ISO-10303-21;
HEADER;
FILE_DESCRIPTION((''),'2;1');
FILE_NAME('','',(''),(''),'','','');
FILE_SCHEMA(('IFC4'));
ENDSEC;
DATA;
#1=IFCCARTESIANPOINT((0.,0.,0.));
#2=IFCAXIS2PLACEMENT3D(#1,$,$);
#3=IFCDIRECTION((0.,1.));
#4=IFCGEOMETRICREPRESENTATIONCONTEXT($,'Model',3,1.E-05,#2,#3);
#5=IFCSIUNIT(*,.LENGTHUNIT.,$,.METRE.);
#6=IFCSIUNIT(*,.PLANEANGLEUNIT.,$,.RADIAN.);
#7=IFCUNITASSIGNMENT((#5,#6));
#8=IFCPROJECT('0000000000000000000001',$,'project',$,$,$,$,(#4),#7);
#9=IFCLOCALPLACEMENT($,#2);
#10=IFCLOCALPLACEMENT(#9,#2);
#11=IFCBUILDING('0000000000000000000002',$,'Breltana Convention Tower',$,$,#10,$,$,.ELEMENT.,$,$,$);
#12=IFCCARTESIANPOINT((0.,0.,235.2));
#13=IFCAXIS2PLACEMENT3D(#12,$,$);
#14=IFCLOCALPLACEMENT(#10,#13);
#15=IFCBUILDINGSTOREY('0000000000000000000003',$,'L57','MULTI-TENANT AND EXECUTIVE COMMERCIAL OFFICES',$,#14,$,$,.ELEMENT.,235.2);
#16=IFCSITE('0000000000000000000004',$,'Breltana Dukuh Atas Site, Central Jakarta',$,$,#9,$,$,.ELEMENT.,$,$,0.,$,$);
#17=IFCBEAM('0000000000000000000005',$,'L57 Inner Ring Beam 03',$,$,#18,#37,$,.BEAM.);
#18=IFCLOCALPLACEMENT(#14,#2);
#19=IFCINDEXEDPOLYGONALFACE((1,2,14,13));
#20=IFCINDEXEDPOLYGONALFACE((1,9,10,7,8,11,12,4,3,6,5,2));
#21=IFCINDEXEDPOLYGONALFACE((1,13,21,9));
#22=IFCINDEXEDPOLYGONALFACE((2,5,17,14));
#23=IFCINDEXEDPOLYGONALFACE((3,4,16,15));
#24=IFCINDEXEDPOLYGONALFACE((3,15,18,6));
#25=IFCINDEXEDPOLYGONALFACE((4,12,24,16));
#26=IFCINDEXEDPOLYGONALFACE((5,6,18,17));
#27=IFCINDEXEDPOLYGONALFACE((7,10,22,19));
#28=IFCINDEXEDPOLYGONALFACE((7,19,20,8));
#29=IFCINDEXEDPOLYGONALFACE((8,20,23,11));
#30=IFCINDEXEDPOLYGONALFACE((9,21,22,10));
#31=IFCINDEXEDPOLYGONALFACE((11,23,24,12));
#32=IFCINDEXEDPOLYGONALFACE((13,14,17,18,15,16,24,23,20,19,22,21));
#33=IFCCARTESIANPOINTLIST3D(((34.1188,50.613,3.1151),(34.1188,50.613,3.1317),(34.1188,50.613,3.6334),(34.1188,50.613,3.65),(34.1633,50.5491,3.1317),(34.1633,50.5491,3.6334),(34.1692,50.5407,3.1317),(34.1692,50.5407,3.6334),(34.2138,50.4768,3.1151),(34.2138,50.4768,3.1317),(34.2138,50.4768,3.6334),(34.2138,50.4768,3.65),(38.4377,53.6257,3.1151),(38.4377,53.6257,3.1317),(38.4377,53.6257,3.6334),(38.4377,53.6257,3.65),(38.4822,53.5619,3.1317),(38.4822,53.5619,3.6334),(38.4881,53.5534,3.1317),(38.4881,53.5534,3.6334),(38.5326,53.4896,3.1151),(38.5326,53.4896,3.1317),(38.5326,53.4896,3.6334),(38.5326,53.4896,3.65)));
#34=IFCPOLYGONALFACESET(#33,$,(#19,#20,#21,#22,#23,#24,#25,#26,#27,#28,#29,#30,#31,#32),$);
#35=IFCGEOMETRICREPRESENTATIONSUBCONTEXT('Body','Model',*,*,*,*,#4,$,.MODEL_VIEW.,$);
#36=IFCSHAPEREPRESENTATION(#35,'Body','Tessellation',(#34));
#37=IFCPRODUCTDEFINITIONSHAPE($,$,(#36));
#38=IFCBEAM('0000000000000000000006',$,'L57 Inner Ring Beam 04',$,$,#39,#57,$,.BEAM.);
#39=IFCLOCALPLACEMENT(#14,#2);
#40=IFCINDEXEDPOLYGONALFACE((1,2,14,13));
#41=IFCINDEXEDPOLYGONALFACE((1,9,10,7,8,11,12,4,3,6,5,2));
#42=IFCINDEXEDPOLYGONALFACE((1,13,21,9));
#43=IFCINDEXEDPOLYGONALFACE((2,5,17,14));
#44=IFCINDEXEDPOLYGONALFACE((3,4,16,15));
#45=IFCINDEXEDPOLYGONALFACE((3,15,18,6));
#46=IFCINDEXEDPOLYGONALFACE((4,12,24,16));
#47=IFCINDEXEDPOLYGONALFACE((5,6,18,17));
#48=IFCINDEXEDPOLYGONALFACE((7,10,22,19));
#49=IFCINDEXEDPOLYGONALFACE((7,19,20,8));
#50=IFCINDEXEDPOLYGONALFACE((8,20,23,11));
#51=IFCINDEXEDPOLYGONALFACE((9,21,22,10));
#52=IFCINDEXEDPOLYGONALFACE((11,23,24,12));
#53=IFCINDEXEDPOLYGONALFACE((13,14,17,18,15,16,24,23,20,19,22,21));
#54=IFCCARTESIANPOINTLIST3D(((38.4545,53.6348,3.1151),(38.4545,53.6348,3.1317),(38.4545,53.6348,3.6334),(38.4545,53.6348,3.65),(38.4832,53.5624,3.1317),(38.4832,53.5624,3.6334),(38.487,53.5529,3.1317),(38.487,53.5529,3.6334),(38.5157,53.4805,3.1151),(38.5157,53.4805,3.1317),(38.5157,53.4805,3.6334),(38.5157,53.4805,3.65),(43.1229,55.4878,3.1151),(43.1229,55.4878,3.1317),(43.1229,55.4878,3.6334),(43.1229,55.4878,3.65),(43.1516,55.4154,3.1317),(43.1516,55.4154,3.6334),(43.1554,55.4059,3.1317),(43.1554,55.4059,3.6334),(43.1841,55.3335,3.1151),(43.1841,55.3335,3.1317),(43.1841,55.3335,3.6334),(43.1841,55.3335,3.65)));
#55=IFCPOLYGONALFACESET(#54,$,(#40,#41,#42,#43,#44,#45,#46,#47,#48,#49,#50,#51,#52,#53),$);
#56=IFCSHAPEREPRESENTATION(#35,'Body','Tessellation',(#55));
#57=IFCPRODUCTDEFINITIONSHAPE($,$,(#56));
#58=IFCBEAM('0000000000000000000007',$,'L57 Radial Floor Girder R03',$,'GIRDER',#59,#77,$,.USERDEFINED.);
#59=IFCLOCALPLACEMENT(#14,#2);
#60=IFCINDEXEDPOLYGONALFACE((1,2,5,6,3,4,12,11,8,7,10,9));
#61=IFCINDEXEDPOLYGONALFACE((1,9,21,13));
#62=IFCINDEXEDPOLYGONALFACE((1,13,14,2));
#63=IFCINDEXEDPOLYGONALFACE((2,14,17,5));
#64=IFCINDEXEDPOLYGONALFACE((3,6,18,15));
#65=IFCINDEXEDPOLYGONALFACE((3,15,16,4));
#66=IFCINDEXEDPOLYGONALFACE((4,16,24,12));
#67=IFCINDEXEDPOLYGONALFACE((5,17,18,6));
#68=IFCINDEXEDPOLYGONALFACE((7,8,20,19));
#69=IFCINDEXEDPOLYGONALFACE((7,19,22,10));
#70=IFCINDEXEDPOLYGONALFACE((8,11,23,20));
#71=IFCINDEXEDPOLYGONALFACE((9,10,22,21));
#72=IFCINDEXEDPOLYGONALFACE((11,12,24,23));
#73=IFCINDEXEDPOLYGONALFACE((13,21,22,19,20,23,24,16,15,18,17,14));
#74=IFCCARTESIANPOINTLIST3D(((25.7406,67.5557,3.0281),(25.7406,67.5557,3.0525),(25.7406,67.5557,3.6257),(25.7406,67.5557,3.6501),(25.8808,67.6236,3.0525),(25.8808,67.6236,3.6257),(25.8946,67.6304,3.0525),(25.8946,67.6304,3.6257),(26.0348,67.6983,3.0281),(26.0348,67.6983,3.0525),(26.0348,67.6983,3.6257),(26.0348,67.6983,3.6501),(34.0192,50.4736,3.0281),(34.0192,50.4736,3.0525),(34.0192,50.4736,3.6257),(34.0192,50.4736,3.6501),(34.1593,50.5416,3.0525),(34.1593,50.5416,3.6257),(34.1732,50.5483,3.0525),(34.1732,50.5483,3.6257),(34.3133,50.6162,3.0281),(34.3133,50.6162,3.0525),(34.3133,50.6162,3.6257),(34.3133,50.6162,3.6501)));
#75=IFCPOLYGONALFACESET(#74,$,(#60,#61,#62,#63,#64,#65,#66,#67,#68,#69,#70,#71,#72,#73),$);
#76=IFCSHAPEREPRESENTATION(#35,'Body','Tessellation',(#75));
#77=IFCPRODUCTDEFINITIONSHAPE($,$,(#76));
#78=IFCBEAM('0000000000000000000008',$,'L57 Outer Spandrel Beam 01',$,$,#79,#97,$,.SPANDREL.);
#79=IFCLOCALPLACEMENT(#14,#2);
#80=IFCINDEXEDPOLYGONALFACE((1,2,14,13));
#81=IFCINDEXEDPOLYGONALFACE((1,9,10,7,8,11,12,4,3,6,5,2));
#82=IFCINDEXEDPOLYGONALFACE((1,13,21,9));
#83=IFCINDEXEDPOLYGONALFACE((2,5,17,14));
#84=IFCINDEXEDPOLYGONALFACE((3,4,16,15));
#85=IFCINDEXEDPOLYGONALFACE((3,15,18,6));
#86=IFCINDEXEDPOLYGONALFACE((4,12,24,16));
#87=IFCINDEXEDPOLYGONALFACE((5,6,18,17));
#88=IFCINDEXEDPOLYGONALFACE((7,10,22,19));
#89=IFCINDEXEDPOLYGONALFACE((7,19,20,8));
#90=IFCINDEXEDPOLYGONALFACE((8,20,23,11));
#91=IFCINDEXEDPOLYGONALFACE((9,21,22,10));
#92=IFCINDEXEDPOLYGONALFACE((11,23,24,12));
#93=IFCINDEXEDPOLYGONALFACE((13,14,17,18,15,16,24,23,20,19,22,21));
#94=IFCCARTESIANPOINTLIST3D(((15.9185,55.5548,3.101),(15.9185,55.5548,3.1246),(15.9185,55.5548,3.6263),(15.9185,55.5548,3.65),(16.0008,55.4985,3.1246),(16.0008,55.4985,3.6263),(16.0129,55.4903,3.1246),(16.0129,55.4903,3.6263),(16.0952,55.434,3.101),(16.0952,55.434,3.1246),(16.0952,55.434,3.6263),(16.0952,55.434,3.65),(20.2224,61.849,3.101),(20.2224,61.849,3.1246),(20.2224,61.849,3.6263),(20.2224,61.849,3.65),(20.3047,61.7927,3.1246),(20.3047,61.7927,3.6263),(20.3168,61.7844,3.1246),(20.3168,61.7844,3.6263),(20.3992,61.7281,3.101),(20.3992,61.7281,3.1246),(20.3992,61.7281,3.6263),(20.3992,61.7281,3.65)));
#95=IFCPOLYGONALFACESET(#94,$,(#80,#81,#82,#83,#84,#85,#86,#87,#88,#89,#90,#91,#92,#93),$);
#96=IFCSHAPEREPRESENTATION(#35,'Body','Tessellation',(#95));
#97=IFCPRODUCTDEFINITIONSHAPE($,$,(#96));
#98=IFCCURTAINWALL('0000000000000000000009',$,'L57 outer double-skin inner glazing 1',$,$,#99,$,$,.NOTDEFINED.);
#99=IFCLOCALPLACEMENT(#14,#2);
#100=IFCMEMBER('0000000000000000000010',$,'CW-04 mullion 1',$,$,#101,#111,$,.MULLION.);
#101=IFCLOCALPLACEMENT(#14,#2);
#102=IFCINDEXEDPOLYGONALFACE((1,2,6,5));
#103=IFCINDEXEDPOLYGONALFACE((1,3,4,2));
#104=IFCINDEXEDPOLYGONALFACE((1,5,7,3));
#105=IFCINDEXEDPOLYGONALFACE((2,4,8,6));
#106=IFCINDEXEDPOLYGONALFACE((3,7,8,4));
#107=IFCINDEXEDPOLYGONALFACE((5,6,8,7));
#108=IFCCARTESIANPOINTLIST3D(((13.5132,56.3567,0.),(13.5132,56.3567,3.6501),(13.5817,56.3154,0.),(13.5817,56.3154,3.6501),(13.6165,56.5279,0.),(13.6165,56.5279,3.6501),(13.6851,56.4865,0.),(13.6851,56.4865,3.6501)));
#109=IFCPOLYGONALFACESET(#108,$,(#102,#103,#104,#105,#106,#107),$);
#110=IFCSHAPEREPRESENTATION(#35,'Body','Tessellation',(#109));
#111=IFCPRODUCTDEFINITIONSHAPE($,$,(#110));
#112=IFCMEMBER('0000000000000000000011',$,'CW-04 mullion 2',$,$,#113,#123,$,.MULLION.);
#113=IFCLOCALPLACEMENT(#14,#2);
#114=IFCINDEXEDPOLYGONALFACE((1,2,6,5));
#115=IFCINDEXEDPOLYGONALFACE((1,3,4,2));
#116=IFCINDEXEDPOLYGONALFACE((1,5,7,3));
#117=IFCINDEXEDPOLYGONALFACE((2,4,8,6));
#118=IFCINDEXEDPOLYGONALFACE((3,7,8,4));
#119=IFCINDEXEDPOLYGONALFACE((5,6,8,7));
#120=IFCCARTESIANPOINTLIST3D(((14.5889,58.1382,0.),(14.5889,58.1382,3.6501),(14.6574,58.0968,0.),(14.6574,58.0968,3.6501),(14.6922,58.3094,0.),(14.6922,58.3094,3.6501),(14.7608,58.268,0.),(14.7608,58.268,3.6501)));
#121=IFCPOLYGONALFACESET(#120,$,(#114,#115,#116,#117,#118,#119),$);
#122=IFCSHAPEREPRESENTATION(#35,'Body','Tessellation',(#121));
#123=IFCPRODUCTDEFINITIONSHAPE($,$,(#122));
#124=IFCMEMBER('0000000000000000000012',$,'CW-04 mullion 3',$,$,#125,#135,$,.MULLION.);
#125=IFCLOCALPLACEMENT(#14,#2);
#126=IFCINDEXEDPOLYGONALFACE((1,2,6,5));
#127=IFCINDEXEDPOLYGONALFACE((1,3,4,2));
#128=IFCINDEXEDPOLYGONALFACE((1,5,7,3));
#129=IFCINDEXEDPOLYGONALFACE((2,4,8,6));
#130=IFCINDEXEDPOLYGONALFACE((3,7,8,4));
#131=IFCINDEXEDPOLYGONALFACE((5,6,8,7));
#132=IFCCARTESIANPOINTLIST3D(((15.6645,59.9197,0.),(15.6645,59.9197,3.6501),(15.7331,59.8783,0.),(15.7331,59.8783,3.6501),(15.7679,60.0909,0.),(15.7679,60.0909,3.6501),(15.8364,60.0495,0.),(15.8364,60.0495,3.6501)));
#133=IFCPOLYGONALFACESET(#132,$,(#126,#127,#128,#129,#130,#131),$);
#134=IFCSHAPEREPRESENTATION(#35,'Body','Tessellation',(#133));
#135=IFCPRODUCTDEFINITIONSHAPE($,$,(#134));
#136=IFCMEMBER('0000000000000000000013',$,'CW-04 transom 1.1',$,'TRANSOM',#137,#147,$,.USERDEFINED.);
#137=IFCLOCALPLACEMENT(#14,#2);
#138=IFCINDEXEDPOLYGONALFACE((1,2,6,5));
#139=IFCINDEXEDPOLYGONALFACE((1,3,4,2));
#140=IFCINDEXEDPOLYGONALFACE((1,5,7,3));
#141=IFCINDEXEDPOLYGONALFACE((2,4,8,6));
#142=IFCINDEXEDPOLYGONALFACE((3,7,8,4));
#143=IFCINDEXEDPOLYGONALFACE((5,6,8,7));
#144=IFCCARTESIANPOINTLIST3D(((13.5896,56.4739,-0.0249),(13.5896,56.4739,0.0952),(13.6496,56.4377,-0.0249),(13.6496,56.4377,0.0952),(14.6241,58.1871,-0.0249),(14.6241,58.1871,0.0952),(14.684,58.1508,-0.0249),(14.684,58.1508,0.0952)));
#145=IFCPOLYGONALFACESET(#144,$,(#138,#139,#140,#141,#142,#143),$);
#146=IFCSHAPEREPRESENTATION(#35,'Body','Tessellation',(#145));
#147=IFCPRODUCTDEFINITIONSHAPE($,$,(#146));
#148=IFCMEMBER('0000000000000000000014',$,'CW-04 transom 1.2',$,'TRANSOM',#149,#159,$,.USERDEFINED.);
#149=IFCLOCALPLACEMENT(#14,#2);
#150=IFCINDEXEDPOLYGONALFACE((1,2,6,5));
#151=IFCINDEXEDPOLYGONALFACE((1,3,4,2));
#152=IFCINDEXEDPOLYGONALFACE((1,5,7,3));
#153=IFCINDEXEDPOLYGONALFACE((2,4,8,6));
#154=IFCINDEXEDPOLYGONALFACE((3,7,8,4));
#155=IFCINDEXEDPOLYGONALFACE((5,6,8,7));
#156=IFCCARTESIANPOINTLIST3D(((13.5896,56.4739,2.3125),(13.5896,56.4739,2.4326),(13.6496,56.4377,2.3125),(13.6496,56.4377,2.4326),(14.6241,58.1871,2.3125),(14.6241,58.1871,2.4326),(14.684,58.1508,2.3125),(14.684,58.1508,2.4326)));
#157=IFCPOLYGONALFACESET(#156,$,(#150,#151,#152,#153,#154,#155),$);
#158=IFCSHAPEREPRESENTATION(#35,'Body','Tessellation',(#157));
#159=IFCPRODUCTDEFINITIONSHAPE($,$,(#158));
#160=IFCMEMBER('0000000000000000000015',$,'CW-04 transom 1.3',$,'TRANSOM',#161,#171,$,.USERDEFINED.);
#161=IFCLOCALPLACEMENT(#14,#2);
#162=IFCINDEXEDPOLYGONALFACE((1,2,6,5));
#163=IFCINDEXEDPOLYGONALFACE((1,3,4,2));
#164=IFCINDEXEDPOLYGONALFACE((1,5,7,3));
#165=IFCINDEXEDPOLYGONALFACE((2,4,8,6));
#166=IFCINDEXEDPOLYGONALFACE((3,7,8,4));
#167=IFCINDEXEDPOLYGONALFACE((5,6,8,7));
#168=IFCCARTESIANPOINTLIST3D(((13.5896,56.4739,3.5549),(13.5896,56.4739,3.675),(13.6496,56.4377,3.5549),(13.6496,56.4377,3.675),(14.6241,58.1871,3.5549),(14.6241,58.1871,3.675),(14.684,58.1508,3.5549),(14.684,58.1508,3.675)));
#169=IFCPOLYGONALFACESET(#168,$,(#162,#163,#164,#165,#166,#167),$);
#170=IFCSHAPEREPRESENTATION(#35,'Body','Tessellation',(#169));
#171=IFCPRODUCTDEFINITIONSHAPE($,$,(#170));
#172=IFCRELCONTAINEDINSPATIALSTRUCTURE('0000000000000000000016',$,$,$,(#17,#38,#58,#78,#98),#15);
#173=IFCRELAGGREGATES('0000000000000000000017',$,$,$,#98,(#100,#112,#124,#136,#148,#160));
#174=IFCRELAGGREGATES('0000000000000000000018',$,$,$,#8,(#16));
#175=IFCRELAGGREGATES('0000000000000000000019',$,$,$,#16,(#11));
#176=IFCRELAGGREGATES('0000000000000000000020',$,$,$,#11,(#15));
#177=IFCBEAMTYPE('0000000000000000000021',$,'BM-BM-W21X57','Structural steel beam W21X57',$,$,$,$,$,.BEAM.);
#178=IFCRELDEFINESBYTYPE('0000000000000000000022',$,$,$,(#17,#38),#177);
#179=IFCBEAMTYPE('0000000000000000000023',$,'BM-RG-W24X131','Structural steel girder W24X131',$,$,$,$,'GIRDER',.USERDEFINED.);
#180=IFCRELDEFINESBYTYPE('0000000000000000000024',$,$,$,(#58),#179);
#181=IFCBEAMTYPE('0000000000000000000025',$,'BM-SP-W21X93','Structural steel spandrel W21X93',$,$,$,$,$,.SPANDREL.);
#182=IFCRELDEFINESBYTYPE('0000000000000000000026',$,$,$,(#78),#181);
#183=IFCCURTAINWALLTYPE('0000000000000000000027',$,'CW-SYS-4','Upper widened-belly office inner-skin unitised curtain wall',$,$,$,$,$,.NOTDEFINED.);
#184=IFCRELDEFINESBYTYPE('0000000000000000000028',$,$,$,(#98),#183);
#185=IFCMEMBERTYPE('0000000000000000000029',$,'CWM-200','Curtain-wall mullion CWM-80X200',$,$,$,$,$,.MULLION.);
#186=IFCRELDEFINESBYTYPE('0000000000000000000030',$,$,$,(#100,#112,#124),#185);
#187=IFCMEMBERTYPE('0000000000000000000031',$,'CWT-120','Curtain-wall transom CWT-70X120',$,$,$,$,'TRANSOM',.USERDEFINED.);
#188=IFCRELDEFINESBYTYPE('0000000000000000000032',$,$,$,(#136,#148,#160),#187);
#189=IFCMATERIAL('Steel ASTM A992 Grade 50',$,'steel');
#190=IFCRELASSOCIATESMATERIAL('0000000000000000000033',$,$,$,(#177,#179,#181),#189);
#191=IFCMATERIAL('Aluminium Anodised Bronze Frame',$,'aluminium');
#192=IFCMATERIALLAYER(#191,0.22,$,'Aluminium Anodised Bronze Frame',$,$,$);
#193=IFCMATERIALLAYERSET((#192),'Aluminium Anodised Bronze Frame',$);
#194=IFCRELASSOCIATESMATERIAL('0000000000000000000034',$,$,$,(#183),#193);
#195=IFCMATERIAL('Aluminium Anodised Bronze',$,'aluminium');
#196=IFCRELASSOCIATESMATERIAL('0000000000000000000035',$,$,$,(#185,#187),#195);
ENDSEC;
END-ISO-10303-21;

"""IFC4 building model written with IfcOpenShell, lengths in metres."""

from ifc_helpers import new_model, si_unit, direction, frame, origin, origin_2d, place, context, subcontext, project, spatial, rectangle, i_section, extrude, source, transform, mapped, material, layer, layer_set, material_profile, profile_set, type_object, type_shapes, element, aggregate, save


model = new_model("IFC4")

# Units and contexts
model_context = context("Model", 3, precision=1e-05, world=origin(), true_north=direction((0.0, 1.0)))
body_context = subcontext(model_context, "Body", "Model", "MODEL_VIEW")
ifc_project = project(units=[si_unit("LENGTHUNIT", "METRE"), si_unit("PLANEANGLEUNIT", "RADIAN")], contexts=[model_context])

# Site, building, storey
site_placement = place(None, origin())
site = spatial("IfcSite", under=ifc_project, at=site_placement, Name="Breltana Dukuh Atas Site, Central Jakarta", CompositionType="ELEMENT", RefElevation=0.0)
building_placement = place(site_placement, origin())
building = spatial("IfcBuilding", under=site, at=building_placement, Name="Breltana Convention Tower", CompositionType="ELEMENT")
storey_placement = place(building_placement, frame((0.0, 0.0, 235.2)))
storey = spatial("IfcBuildingStorey", under=building, at=storey_placement, Name="L57", Description="MULTI-TENANT AND EXECUTIVE COMMERCIAL OFFICES", CompositionType="ELEMENT", Elevation=235.2)

# Shared definitions
ifc_material_1 = material(Name="Steel ASTM A992 Grade 50", Category="steel")

# Beams
ifc_material_profile_1 = material_profile(ifc_material_1, i_section(OverallWidth=0.166, OverallDepth=0.5349, WebThickness=0.0103, FlangeThickness=0.0166, at=origin_2d()), Name="W21X57")
ifc_profile_set_1 = profile_set([ifc_material_profile_1], Name="Steel ASTM A992 Grade 50")
beam_type_1 = type_object("IfcBeamType", Name="BM-BM-W21X57", Description="Structural steel beam W21X57", PredefinedType="BEAM", material=ifc_profile_set_1)
shared_shape_1 = source(origin(), body_context, "Body", "SweptSolid", [
    extrude(i_section(OverallWidth=0.166, OverallDepth=0.5349, WebThickness=0.0103, FlangeThickness=0.0166, at=origin_2d()), origin(), (0.0, 0.0, 1.0), 5.2659),
])
beam_1_placement = place(storey_placement, frame((34.1663, 50.5449, 3.3826), z_axis=(0.820167, 0.572124, 0.0), x_axis=(-0.572124, 0.820167, 0.0)))
element("IfcBeam", 1, at=beam_1_placement, inside=storey, type_object=beam_type_1, Name="L57 Inner Ring Beam 03", PredefinedType="BEAM", context=body_context, shape_type="MappedRepresentation", body=[
    mapped(shared_shape_1, transform((0.0, 0.0, 0.0), scale=1.0)),
])
shared_shape_2 = source(origin(), body_context, "Body", "SweptSolid", [
    extrude(i_section(OverallWidth=0.166, OverallDepth=0.5349, WebThickness=0.0103, FlangeThickness=0.0166, at=origin_2d()), origin(), (0.0, 0.0, 1.0), 5.0227),
])
beam_2_placement = place(storey_placement, frame((38.4851, 53.5576, 3.3826), z_axis=(0.929459, 0.368926, 0.0), x_axis=(-0.368926, 0.929459, 0.0)))
element("IfcBeam", 2, at=beam_2_placement, inside=storey, type_object=beam_type_1, Name="L57 Inner Ring Beam 04", PredefinedType="BEAM", context=body_context, shape_type="MappedRepresentation", body=[
    mapped(shared_shape_2, transform((0.0, 0.0, 0.0), scale=1.0)),
])
ifc_material_profile_2 = material_profile(ifc_material_1, i_section(OverallWidth=0.3269, OverallDepth=0.6221, WebThickness=0.0154, FlangeThickness=0.0244, at=origin_2d()), Name="W24X131")
ifc_profile_set_2 = profile_set([ifc_material_profile_2], Name="Steel ASTM A992 Grade 50")
beam_type_2 = type_object("IfcBeamType", Name="BM-RG-W24X131", Description="Structural steel girder W24X131", ElementType="GIRDER", PredefinedType="USERDEFINED", material=ifc_profile_set_2)
shared_shape_3 = source(origin(), body_context, "Body", "SweptSolid", [
    extrude(i_section(OverallWidth=0.3269, OverallDepth=0.6221, WebThickness=0.0154, FlangeThickness=0.0244, at=origin_2d()), origin(), (0.0, 0.0, 1.0), 18.9824),
])
beam_3_placement = place(storey_placement, frame((34.1663, 50.5449, 3.3391), z_axis=(-0.436119, 0.899889, 0.0), x_axis=(-0.899889, -0.436119, 0.0)))
element("IfcBeam", 3, at=beam_3_placement, inside=storey, type_object=beam_type_2, Name="L57 Radial Floor Girder R03", ObjectType="GIRDER", PredefinedType="USERDEFINED", context=body_context, shape_type="MappedRepresentation", body=[
    mapped(shared_shape_3, transform((0.0, 0.0, 0.0), scale=1.0)),
])
ifc_material_profile_3 = material_profile(ifc_material_1, i_section(OverallWidth=0.2141, OverallDepth=0.5491, WebThickness=0.0146, FlangeThickness=0.0237, at=origin_2d()), Name="W21X93")
ifc_profile_set_3 = profile_set([ifc_material_profile_3], Name="Steel ASTM A992 Grade 50")
beam_type_3 = type_object("IfcBeamType", Name="BM-SP-W21X93", Description="Structural steel spandrel W21X93", PredefinedType="SPANDREL", material=ifc_profile_set_3)
shared_shape_4 = source(origin(), body_context, "Body", "SweptSolid", [
    extrude(i_section(OverallWidth=0.2141, OverallDepth=0.5491, WebThickness=0.0146, FlangeThickness=0.0237, at=origin_2d()), origin(), (0.0, 0.0, 1.0), 7.625),
])
type_shapes(beam_type_3, [shared_shape_4])
beam_4_placement = place(storey_placement, frame((16.0068, 55.4944, 3.3755), z_axis=(0.564452, 0.825466, 0.0), x_axis=(-0.825466, 0.564452, 0.0)))
element("IfcBeam", 4, at=beam_4_placement, inside=storey, type_object=beam_type_3, Name="L57 Outer Spandrel Beam 01", PredefinedType="SPANDREL", context=body_context, shape_type="MappedRepresentation", body=[
    mapped(shared_shape_4, transform((0.0, 0.0, 0.0), scale=1.0)),
])

# Curtain wall, members
ifc_material_2 = material(Name="Aluminium Anodised Bronze Frame", Category="aluminium")
ifc_layer_1 = layer(ifc_material_2, 0.22, Name="Aluminium Anodised Bronze Frame")
ifc_layer_set_1 = layer_set([ifc_layer_1], Name="Aluminium Anodised Bronze Frame")
curtain_wall_type = type_object("IfcCurtainWallType", Name="CW-SYS-4", Description="Upper widened-belly office inner-skin unitised curtain wall", PredefinedType="NOTDEFINED", material=ifc_layer_set_1)
curtain_wall_placement = place(storey_placement, origin())
curtain_wall = element("IfcCurtainWall", 5, at=curtain_wall_placement, inside=storey, type_object=curtain_wall_type, Name="L57 outer double-skin inner glazing 1", PredefinedType="NOTDEFINED")
ifc_material_3 = material(Name="Aluminium Anodised Bronze", Category="aluminium")
ifc_material_profile_4 = material_profile(ifc_material_3, rectangle(XDim=0.0801, YDim=0.2, at=origin_2d()), Name="CWM-80X200")
ifc_profile_set_4 = profile_set([ifc_material_profile_4], Name="Aluminium Anodised Bronze")
member_type_1 = type_object("IfcMemberType", Name="CWM-200", Description="Curtain-wall mullion CWM-80X200", PredefinedType="MULLION", material=ifc_profile_set_4)
shared_shape_5 = source(origin(), body_context, "Body", "SweptSolid", [
    extrude(rectangle(XDim=0.0801, YDim=0.2, at=origin_2d()), origin(), (0.0, 0.0, 1.0), 3.6501),
])
member_1_placement = place(storey_placement, frame((13.5991, 56.4216, 0.0), z_axis=(0.0, 0.0, 1.0), x_axis=(-0.856061, 0.516875, 0.0)))
member_1 = element("IfcMember", 6, at=member_1_placement, type_object=member_type_1, Name="CW-04 mullion 1", PredefinedType="MULLION", context=body_context, shape_type="MappedRepresentation", body=[
    mapped(shared_shape_5, transform((0.0, 0.0, 0.0), scale=1.0)),
])
member_2_placement = place(storey_placement, frame((14.6748, 58.2031, 0.0), z_axis=(0.0, 0.0, 1.0), x_axis=(-0.856061, 0.516875, 0.0)))
member_2 = element("IfcMember", 7, at=member_2_placement, type_object=member_type_1, Name="CW-04 mullion 2", PredefinedType="MULLION", context=body_context, shape_type="MappedRepresentation", body=[
    mapped(shared_shape_5, transform((0.0, 0.0, 0.0), scale=1.0)),
])
member_3_placement = place(storey_placement, frame((15.7505, 59.9846, 0.0), z_axis=(0.0, 0.0, 1.0), x_axis=(-0.856061, 0.516875, 0.0)))
member_3 = element("IfcMember", 8, at=member_3_placement, type_object=member_type_1, Name="CW-04 mullion 3", PredefinedType="MULLION", context=body_context, shape_type="MappedRepresentation", body=[
    mapped(shared_shape_5, transform((0.0, 0.0, 0.0), scale=1.0)),
])
ifc_material_profile_5 = material_profile(ifc_material_3, rectangle(XDim=0.0701, YDim=0.1201, at=origin_2d()), Name="CWT-70X120")
ifc_profile_set_5 = profile_set([ifc_material_profile_5], Name="Aluminium Anodised Bronze")
member_type_2 = type_object("IfcMemberType", Name="CWT-120", Description="Curtain-wall transom CWT-70X120", ElementType="TRANSOM", PredefinedType="USERDEFINED", material=ifc_profile_set_5)
shared_shape_6 = source(origin(), body_context, "Body", "SweptSolid", [
    extrude(rectangle(XDim=0.0701, YDim=0.1201, at=origin_2d()), origin(), (0.0, 0.0, 1.0), 2.0012),
])
member_4_placement = place(storey_placement, frame((13.6196, 56.4558, 0.0352), z_axis=(0.516898, 0.856047, 0.0), x_axis=(-0.856047, 0.516898, 0.0)))
member_4 = element("IfcMember", 9, at=member_4_placement, type_object=member_type_2, Name="CW-04 transom 1.1", ObjectType="TRANSOM", PredefinedType="USERDEFINED", context=body_context, shape_type="MappedRepresentation", body=[
    mapped(shared_shape_6, transform((0.0, 0.0, 0.0), scale=1.0)),
])
member_5_placement = place(storey_placement, frame((13.6196, 56.4558, 2.3726), z_axis=(0.516898, 0.856047, 0.0), x_axis=(-0.856047, 0.516898, 0.0)))
member_5 = element("IfcMember", 10, at=member_5_placement, type_object=member_type_2, Name="CW-04 transom 1.2", ObjectType="TRANSOM", PredefinedType="USERDEFINED", context=body_context, shape_type="MappedRepresentation", body=[
    mapped(shared_shape_6, transform((0.0, 0.0, 0.0), scale=1.0)),
])
member_6_placement = place(storey_placement, frame((13.6196, 56.4558, 3.615), z_axis=(0.516898, 0.856047, 0.0), x_axis=(-0.856047, 0.516898, 0.0)))
member_6 = element("IfcMember", 11, at=member_6_placement, type_object=member_type_2, Name="CW-04 transom 1.3", ObjectType="TRANSOM", PredefinedType="USERDEFINED", context=body_context, shape_type="MappedRepresentation", body=[
    mapped(shared_shape_6, transform((0.0, 0.0, 0.0), scale=1.0)),
])
aggregate(curtain_wall, [member_1, member_2, member_3, member_4, member_5, member_6])

save(model, "model.ifc")
